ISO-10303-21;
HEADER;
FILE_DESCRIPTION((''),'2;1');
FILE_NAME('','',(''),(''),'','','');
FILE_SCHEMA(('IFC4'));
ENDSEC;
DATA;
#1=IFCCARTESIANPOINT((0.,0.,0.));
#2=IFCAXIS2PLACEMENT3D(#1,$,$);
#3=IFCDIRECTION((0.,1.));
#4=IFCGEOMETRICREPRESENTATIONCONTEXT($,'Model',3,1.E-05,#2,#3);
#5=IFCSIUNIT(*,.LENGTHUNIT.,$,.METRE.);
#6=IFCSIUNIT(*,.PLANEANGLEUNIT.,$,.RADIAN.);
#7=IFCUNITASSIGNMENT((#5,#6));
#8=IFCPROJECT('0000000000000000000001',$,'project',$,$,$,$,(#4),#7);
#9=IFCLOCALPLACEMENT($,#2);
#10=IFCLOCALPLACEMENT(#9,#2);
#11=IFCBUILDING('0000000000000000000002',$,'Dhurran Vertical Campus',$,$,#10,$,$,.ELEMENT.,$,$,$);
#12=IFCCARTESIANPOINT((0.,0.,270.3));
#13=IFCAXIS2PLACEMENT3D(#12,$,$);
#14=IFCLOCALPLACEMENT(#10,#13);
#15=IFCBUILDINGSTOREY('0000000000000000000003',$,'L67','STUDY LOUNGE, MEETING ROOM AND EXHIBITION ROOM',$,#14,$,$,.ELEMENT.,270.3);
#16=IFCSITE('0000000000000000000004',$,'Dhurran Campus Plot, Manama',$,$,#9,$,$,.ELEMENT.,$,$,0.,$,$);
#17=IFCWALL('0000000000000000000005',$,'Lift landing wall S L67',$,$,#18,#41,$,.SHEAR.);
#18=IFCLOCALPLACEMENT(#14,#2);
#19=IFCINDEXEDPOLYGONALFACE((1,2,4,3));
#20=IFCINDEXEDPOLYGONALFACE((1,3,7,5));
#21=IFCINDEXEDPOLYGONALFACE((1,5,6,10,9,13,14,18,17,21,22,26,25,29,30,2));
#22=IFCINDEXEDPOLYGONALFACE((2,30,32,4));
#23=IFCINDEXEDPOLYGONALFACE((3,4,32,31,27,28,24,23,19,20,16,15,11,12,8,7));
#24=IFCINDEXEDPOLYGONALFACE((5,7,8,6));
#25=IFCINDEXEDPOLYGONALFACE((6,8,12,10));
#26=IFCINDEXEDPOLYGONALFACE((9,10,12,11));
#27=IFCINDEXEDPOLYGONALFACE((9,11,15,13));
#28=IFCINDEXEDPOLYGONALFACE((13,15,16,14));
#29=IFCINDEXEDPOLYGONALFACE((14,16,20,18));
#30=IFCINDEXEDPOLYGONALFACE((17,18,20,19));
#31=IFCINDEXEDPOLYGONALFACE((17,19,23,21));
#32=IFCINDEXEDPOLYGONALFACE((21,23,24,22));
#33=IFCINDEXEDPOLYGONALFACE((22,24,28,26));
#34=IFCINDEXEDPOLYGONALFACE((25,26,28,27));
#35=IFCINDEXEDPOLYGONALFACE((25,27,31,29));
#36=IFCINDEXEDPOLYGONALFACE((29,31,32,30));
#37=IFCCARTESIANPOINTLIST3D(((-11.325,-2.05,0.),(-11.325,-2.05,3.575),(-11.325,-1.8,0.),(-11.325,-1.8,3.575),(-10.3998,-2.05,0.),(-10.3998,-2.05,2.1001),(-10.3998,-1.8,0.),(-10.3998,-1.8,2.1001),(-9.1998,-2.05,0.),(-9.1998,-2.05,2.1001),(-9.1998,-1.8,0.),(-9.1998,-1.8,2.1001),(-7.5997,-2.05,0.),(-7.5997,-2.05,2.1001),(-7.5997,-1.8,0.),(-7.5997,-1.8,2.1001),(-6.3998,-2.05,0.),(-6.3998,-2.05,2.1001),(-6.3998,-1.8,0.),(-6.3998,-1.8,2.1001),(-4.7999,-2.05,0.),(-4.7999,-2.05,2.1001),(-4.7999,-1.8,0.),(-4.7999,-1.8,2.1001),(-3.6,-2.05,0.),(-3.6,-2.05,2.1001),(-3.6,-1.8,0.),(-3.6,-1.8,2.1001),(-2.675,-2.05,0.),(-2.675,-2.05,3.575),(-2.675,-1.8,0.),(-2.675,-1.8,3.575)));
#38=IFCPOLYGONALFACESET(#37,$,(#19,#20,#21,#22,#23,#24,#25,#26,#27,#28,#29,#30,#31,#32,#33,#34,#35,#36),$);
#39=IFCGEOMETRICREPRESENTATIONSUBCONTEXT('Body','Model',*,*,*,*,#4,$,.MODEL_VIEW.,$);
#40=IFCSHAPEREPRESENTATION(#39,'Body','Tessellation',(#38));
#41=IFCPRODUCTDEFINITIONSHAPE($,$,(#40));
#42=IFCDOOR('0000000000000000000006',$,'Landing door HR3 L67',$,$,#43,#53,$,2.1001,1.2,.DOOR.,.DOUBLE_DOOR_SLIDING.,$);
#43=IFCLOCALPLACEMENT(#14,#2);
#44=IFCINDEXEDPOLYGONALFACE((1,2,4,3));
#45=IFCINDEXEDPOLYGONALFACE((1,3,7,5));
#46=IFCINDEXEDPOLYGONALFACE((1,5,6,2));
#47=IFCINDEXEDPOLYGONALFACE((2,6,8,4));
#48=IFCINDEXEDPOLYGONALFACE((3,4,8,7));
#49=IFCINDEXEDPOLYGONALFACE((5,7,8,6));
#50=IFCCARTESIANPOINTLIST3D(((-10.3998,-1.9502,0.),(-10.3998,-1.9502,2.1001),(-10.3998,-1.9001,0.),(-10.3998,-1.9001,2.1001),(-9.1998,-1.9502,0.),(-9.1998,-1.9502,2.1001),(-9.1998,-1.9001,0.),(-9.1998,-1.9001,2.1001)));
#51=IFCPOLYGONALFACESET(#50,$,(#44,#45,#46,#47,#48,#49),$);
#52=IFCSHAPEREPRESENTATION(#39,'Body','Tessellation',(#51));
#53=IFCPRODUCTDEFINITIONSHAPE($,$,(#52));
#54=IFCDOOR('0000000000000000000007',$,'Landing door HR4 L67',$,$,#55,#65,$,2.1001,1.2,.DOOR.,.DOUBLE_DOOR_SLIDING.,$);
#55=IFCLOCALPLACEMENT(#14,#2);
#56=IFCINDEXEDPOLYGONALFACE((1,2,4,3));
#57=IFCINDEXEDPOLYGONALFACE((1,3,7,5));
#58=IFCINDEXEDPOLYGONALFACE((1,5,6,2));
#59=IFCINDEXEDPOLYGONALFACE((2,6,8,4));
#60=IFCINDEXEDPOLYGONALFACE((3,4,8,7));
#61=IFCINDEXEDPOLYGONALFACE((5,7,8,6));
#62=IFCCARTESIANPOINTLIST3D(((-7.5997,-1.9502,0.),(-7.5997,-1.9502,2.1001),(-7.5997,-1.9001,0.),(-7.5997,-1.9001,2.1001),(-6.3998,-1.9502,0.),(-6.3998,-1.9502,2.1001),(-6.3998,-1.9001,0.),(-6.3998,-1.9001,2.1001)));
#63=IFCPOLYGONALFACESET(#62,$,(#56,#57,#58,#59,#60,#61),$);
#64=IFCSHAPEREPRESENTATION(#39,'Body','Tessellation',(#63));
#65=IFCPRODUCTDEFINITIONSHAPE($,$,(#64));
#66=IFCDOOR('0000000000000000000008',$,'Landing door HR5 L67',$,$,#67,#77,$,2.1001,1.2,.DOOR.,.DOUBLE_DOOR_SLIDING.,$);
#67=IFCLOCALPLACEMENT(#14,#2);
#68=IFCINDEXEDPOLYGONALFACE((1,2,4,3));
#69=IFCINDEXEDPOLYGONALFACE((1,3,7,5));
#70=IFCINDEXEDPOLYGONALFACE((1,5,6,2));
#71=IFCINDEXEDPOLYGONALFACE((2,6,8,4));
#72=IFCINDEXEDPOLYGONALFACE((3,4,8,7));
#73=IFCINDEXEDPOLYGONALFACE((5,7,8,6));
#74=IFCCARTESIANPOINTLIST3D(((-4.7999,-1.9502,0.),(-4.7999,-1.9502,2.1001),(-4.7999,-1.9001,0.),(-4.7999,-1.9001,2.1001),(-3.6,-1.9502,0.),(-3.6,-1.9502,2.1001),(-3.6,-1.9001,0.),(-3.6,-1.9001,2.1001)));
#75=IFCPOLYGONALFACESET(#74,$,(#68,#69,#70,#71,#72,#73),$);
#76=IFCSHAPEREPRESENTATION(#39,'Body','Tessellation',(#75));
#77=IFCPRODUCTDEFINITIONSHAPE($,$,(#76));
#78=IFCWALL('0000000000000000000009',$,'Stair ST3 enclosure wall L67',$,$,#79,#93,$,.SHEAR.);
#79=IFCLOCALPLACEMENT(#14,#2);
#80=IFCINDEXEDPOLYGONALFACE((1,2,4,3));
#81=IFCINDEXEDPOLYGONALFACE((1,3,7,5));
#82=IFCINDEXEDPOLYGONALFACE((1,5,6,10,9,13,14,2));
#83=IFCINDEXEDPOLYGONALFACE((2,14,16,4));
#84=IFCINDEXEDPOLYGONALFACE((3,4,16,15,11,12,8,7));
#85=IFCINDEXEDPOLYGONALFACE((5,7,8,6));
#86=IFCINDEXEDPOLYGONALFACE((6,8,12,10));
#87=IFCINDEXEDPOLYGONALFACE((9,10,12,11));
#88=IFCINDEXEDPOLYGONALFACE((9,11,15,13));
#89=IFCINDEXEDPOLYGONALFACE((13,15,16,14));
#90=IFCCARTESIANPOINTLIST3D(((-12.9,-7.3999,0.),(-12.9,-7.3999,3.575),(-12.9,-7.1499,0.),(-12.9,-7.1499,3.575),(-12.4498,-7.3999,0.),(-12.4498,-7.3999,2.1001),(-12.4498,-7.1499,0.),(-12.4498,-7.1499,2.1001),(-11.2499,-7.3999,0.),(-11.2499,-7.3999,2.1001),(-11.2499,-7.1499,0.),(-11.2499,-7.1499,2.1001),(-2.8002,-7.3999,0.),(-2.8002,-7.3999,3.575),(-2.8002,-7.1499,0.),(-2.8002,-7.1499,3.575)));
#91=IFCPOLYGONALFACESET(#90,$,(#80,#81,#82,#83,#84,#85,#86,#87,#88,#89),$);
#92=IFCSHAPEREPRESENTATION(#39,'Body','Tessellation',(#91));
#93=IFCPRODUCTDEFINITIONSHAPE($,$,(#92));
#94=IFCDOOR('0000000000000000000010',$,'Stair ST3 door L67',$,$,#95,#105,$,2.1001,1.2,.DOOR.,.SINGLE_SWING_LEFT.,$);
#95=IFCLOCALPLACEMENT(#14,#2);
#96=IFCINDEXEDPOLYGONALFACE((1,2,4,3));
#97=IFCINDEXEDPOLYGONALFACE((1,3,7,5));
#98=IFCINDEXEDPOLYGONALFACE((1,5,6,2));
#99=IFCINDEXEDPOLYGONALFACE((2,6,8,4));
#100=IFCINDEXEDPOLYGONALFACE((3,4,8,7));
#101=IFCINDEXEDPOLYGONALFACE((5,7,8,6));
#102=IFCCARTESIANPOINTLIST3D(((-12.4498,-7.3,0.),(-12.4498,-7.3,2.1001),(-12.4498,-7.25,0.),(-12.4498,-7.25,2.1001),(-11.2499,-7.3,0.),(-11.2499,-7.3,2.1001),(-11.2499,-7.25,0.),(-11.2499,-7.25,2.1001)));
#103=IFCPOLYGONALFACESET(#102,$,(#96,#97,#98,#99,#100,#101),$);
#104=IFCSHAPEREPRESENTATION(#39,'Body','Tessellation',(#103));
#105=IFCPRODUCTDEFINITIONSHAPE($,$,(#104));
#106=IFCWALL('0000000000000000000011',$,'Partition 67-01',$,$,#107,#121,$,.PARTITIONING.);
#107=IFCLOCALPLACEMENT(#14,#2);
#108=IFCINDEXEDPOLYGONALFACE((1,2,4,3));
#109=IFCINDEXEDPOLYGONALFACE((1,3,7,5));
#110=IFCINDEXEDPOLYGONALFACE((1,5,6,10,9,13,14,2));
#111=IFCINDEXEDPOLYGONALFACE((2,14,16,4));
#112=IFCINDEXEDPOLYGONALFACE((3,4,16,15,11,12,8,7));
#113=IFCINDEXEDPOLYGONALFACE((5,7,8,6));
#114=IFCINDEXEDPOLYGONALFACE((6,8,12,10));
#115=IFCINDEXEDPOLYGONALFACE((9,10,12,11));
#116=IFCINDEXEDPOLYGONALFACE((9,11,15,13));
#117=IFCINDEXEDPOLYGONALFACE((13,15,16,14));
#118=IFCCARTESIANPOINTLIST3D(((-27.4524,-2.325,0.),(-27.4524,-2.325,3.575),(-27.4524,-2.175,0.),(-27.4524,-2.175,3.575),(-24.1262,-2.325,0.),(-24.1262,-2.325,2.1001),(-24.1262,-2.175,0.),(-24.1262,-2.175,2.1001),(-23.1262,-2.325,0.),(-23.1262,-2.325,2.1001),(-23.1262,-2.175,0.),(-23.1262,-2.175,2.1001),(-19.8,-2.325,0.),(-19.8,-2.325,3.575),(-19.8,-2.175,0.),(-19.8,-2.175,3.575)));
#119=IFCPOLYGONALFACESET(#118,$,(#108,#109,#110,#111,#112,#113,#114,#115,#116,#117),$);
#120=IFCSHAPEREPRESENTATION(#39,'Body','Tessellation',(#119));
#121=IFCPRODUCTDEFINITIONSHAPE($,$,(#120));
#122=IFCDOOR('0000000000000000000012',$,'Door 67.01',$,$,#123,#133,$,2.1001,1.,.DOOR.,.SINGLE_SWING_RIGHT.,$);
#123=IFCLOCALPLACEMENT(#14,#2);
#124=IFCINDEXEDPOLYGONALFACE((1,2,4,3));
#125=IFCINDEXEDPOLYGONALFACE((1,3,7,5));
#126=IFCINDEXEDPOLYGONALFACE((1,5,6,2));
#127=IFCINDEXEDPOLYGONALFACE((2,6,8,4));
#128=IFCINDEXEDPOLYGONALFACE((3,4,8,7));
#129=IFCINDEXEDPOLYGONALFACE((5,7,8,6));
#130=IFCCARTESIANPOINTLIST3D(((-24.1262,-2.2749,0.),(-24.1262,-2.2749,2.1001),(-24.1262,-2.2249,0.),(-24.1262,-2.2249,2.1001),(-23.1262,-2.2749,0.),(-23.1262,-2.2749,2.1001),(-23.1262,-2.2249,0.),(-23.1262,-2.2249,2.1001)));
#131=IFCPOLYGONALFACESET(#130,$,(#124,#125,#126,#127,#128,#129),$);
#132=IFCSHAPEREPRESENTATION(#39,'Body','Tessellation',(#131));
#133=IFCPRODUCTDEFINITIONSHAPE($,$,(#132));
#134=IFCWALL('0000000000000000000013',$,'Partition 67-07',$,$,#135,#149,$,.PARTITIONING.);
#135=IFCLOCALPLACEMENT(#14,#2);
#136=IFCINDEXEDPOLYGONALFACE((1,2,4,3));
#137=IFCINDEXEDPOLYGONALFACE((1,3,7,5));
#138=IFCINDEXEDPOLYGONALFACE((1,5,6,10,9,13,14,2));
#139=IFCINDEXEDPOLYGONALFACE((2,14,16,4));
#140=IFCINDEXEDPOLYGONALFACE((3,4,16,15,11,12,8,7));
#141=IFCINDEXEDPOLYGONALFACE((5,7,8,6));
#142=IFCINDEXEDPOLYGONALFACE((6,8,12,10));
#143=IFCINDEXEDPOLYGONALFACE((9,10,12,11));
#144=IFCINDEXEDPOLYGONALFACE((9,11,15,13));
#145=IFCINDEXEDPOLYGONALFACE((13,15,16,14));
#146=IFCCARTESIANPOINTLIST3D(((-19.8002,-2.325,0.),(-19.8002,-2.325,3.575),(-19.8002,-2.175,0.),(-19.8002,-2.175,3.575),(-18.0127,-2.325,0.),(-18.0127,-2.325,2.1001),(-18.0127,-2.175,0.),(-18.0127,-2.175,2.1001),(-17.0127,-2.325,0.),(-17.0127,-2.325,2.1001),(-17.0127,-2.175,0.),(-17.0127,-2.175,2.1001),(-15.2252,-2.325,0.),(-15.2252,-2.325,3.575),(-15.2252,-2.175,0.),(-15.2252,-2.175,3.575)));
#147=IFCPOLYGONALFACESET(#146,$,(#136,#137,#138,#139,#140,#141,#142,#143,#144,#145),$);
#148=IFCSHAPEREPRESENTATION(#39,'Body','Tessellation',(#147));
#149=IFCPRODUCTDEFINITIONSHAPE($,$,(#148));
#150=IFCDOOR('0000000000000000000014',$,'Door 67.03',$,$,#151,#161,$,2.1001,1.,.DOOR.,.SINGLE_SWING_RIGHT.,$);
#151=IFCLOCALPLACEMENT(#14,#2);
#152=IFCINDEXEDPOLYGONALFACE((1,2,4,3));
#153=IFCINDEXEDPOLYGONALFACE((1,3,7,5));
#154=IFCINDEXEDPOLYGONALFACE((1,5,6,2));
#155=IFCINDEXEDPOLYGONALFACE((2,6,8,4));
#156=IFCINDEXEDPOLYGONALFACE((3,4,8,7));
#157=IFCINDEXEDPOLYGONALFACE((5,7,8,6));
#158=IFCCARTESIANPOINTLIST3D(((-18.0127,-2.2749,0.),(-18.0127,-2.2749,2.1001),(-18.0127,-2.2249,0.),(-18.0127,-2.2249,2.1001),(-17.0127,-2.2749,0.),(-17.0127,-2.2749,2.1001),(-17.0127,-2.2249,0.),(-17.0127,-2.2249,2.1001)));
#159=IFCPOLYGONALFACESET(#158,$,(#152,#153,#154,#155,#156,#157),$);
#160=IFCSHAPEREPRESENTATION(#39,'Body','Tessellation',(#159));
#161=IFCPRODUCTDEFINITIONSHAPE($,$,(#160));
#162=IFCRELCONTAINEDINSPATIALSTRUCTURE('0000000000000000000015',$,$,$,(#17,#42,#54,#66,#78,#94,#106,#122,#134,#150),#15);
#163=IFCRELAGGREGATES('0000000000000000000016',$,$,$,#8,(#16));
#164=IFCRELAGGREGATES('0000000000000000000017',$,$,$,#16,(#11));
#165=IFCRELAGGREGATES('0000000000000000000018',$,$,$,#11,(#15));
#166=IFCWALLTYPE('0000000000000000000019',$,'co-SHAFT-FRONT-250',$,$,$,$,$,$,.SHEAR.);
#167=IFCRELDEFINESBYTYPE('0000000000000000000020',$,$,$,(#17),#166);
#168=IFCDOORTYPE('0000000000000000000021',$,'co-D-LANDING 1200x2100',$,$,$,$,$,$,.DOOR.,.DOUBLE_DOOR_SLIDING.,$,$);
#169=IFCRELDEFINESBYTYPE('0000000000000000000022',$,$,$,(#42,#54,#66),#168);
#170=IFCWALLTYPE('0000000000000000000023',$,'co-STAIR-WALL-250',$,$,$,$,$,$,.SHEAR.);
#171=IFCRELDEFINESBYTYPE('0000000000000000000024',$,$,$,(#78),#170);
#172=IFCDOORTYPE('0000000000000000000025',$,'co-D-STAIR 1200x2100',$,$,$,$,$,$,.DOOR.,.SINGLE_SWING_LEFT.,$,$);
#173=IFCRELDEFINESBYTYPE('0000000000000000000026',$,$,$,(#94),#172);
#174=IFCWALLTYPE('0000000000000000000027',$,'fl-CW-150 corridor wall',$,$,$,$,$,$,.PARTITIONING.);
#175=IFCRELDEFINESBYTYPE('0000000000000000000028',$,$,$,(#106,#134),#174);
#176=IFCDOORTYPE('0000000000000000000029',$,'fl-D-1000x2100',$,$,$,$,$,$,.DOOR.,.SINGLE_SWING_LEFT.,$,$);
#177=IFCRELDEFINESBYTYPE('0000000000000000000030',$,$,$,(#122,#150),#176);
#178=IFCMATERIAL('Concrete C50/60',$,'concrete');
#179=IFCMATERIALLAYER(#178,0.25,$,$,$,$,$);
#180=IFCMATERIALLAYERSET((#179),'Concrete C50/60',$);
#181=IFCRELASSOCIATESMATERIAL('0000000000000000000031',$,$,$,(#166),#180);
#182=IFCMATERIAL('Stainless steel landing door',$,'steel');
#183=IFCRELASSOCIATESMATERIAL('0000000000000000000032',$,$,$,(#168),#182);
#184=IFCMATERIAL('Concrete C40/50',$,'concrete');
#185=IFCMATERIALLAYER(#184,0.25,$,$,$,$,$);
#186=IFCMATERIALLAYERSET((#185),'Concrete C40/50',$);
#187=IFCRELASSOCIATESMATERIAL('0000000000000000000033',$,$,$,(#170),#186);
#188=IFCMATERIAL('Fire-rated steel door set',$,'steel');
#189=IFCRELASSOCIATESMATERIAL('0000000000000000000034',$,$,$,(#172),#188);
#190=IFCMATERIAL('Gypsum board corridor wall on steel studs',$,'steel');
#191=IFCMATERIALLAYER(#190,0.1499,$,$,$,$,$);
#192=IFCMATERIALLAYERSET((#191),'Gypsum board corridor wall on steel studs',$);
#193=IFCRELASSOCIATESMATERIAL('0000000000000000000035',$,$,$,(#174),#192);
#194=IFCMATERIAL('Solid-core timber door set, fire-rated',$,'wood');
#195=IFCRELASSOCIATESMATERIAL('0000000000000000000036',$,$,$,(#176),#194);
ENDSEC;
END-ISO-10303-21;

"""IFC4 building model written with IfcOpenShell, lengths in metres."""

from ifc_helpers import new_model, si_unit, direction, frame, frame_2d, origin, place, context, subcontext, project, spatial, rectangle, extrude, material, layer, layer_set, type_object, element, fill, save


model = new_model("IFC4")

# Units and contexts
model_context = context("Model", 3, precision=1e-05, world=origin(), true_north=direction((0.0, 1.0)))
body_context = subcontext(model_context, "Body", "Model", "MODEL_VIEW")
ifc_project = project(units=[si_unit("LENGTHUNIT", "METRE"), si_unit("PLANEANGLEUNIT", "RADIAN")], contexts=[model_context])

# Site, building, storey
site_placement = place(None, origin())
site = spatial("IfcSite", under=ifc_project, at=site_placement, Name="Dhurran Campus Plot, Manama", CompositionType="ELEMENT", RefElevation=0.0)
building_placement = place(site_placement, origin())
building = spatial("IfcBuilding", under=site, at=building_placement, Name="Dhurran Vertical Campus", CompositionType="ELEMENT")
storey_placement = place(building_placement, frame((0.0, 0.0, 270.3)))
storey = spatial("IfcBuildingStorey", under=building, at=storey_placement, Name="L67", Description="STUDY LOUNGE, MEETING ROOM AND EXHIBITION ROOM", CompositionType="ELEMENT", Elevation=270.3)

# Wall, openings, doors
ifc_material_1 = material(Name="Concrete C50/60", Category="concrete")
ifc_layer_1 = layer(ifc_material_1, 0.25)
ifc_layer_set_1 = layer_set([ifc_layer_1], Name="Concrete C50/60")
wall_type_1 = type_object("IfcWallType", Name="co-SHAFT-FRONT-250", PredefinedType="SHEAR", material=ifc_layer_set_1)
wall_1_placement = place(storey_placement, frame((-11.325, -1.925, 0.0), z_axis=(0.0, 0.0, 1.0), x_axis=(1.0, 0.0, 0.0)))
wall_1 = element("IfcWall", 1, at=wall_1_placement, inside=storey, type_object=wall_type_1, Name="Lift landing wall S L67", PredefinedType="SHEAR", context=body_context, shape_type="SweptSolid", body=[
    extrude(rectangle(XDim=8.6499, YDim=0.25, at=frame_2d((4.325, 0.0))), origin(), (0.0, 0.0, 1.0), 3.575),
])
opening_1_placement = place(wall_1_placement, frame((0.925, 0.0, 0.0)))
opening_1 = element("IfcOpeningElement", 2, at=opening_1_placement, cuts=wall_1, PredefinedType="OPENING", context=body_context, shape_type="SweptSolid", body=[
    extrude(rectangle(XDim=1.2, YDim=2.1001, at=frame_2d((0.6001, 1.05))), frame((0.0, 0.135, 0.0), z_axis=(0.0, -1.0, 0.0), x_axis=(1.0, 0.0, 0.0)), (0.0, 0.0, 1.0), 0.27),
])
opening_2_placement = place(wall_1_placement, frame((3.7251, 0.0, 0.0)))
opening_2 = element("IfcOpeningElement", 3, at=opening_2_placement, cuts=wall_1, PredefinedType="OPENING", context=body_context, shape_type="SweptSolid", body=[
    extrude(rectangle(XDim=1.2, YDim=2.1001, at=frame_2d((0.6001, 1.05))), frame((0.0, 0.135, 0.0), z_axis=(0.0, -1.0, 0.0), x_axis=(1.0, 0.0, 0.0)), (0.0, 0.0, 1.0), 0.27),
])
opening_3_placement = place(wall_1_placement, frame((6.5249, 0.0, 0.0)))
opening_3 = element("IfcOpeningElement", 4, at=opening_3_placement, cuts=wall_1, PredefinedType="OPENING", context=body_context, shape_type="SweptSolid", body=[
    extrude(rectangle(XDim=1.2, YDim=2.1001, at=frame_2d((0.6001, 1.05))), frame((0.0, 0.135, 0.0), z_axis=(0.0, -1.0, 0.0), x_axis=(1.0, 0.0, 0.0)), (0.0, 0.0, 1.0), 0.27),
])
ifc_material_2 = material(Name="Stainless steel landing door", Category="steel")
door_type_1 = type_object("IfcDoorType", Name="co-D-LANDING 1200x2100", OperationType="DOUBLE_DOOR_SLIDING", PredefinedType="DOOR", material=ifc_material_2)
door_1_placement = place(opening_1_placement, origin())
door_1 = element("IfcDoor", 5, at=door_1_placement, inside=storey, type_object=door_type_1, Name="Landing door HR3 L67", OperationType="DOUBLE_DOOR_SLIDING", OverallHeight=2.1001, OverallWidth=1.2, PredefinedType="DOOR", context=body_context, shape_type="SweptSolid", body=[
    extrude(rectangle(XDim=1.2, YDim=2.1001, at=frame_2d((0.6001, 1.05))), frame((0.0, 0.0249, 0.0), z_axis=(0.0, -1.0, 0.0), x_axis=(1.0, 0.0, 0.0)), (0.0, 0.0, 1.0), 0.05),
])
fill(opening_1, door_1)
door_2_placement = place(opening_2_placement, origin())
door_2 = element("IfcDoor", 6, at=door_2_placement, inside=storey, type_object=door_type_1, Name="Landing door HR4 L67", OperationType="DOUBLE_DOOR_SLIDING", OverallHeight=2.1001, OverallWidth=1.2, PredefinedType="DOOR", context=body_context, shape_type="SweptSolid", body=[
    extrude(rectangle(XDim=1.2, YDim=2.1001, at=frame_2d((0.6001, 1.05))), frame((0.0, 0.0249, 0.0), z_axis=(0.0, -1.0, 0.0), x_axis=(1.0, 0.0, 0.0)), (0.0, 0.0, 1.0), 0.05),
])
fill(opening_2, door_2)
door_3_placement = place(opening_3_placement, origin())
door_3 = element("IfcDoor", 7, at=door_3_placement, inside=storey, type_object=door_type_1, Name="Landing door HR5 L67", OperationType="DOUBLE_DOOR_SLIDING", OverallHeight=2.1001, OverallWidth=1.2, PredefinedType="DOOR", context=body_context, shape_type="SweptSolid", body=[
    extrude(rectangle(XDim=1.2, YDim=2.1001, at=frame_2d((0.6001, 1.05))), frame((0.0, 0.0249, 0.0), z_axis=(0.0, -1.0, 0.0), x_axis=(1.0, 0.0, 0.0)), (0.0, 0.0, 1.0), 0.05),
])
fill(opening_3, door_3)

# Walls, openings, doors
ifc_material_3 = material(Name="Concrete C40/50", Category="concrete")
ifc_layer_2 = layer(ifc_material_3, 0.25)
ifc_layer_set_2 = layer_set([ifc_layer_2], Name="Concrete C40/50")
wall_type_2 = type_object("IfcWallType", Name="co-STAIR-WALL-250", PredefinedType="SHEAR", material=ifc_layer_set_2)
wall_2_placement = place(storey_placement, frame((-12.8999, -7.2749, 0.0), z_axis=(0.0, 0.0, 1.0), x_axis=(1.0, 0.0, 0.0)))
wall_2 = element("IfcWall", 8, at=wall_2_placement, inside=storey, type_object=wall_type_2, Name="Stair ST3 enclosure wall L67", PredefinedType="SHEAR", context=body_context, shape_type="SweptSolid", body=[
    extrude(rectangle(XDim=10.0999, YDim=0.25, at=frame_2d((5.0498, 0.0))), origin(), (0.0, 0.0, 1.0), 3.575),
])
opening_4_placement = place(wall_2_placement, frame((0.45, 0.0, 0.0)))
opening_4 = element("IfcOpeningElement", 9, at=opening_4_placement, cuts=wall_2, PredefinedType="OPENING", context=body_context, shape_type="SweptSolid", body=[
    extrude(rectangle(XDim=1.2, YDim=2.1001, at=frame_2d((0.6001, 1.05))), frame((0.0, 0.135, 0.0), z_axis=(0.0, -1.0, 0.0), x_axis=(1.0, 0.0, 0.0)), (0.0, 0.0, 1.0), 0.27),
])
ifc_material_4 = material(Name="Fire-rated steel door set", Category="steel")
door_type_2 = type_object("IfcDoorType", Name="co-D-STAIR 1200x2100", OperationType="SINGLE_SWING_LEFT", PredefinedType="DOOR", material=ifc_material_4)
door_4_placement = place(opening_4_placement, origin())
door_4 = element("IfcDoor", 10, at=door_4_placement, inside=storey, type_object=door_type_2, Name="Stair ST3 door L67", OperationType="SINGLE_SWING_LEFT", OverallHeight=2.1001, OverallWidth=1.2, PredefinedType="DOOR", context=body_context, shape_type="SweptSolid", body=[
    extrude(rectangle(XDim=1.2, YDim=2.1001, at=frame_2d((0.6001, 1.05))), frame((0.0, 0.0249, 0.0), z_axis=(0.0, -1.0, 0.0), x_axis=(1.0, 0.0, 0.0)), (0.0, 0.0, 1.0), 0.05),
])
fill(opening_4, door_4)
ifc_material_5 = material(Name="Gypsum board corridor wall on steel studs", Category="steel")
ifc_layer_3 = layer(ifc_material_5, 0.1499)
ifc_layer_set_3 = layer_set([ifc_layer_3], Name="Gypsum board corridor wall on steel studs")
wall_type_3 = type_object("IfcWallType", Name="fl-CW-150 corridor wall", PredefinedType="PARTITIONING", material=ifc_layer_set_3)
wall_3_placement = place(storey_placement, frame((-19.8, -2.25, 0.0), z_axis=(0.0, 0.0, 1.0), x_axis=(-1.0, 0.0, 0.0)))
wall_3 = element("IfcWall", 11, at=wall_3_placement, inside=storey, type_object=wall_type_3, Name="Partition 67-01", PredefinedType="PARTITIONING", context=body_context, shape_type="SweptSolid", body=[
    extrude(rectangle(XDim=7.6523, YDim=0.1499, at=frame_2d((3.8262, 0.0))), origin(), (0.0, 0.0, 1.0), 3.575),
])
opening_5_placement = place(wall_3_placement, frame((3.3262, 0.0, 0.0)))
opening_5 = element("IfcOpeningElement", 12, at=opening_5_placement, cuts=wall_3, PredefinedType="OPENING", context=body_context, shape_type="SweptSolid", body=[
    extrude(rectangle(XDim=1.0, YDim=2.1001, at=frame_2d((0.5, 1.05))), frame((0.0, 0.085, 0.0), z_axis=(0.0, -1.0, 0.0), x_axis=(1.0, 0.0, 0.0)), (0.0, 0.0, 1.0), 0.1699),
])
ifc_material_6 = material(Name="Solid-core timber door set, fire-rated", Category="wood")
door_type_3 = type_object("IfcDoorType", Name="fl-D-1000x2100", OperationType="SINGLE_SWING_LEFT", PredefinedType="DOOR", material=ifc_material_6)
door_5_placement = place(opening_5_placement, origin())
door_5 = element("IfcDoor", 13, at=door_5_placement, inside=storey, type_object=door_type_3, Name="Door 67.01", OperationType="SINGLE_SWING_RIGHT", OverallHeight=2.1001, OverallWidth=1.0, PredefinedType="DOOR", context=body_context, shape_type="SweptSolid", body=[
    extrude(rectangle(XDim=1.0, YDim=2.1001, at=frame_2d((0.5, 1.05))), frame((0.0, 0.0249, 0.0), z_axis=(0.0, -1.0, 0.0), x_axis=(1.0, 0.0, 0.0)), (0.0, 0.0, 1.0), 0.05),
])
fill(opening_5, door_5)
wall_4_placement = place(storey_placement, frame((-15.2251, -2.25, 0.0), z_axis=(0.0, 0.0, 1.0), x_axis=(-1.0, 0.0, 0.0)))
wall_4 = element("IfcWall", 14, at=wall_4_placement, inside=storey, type_object=wall_type_3, Name="Partition 67-07", PredefinedType="PARTITIONING", context=body_context, shape_type="SweptSolid", body=[
    extrude(rectangle(XDim=4.575, YDim=0.1499, at=frame_2d((2.2876, 0.0))), origin(), (0.0, 0.0, 1.0), 3.575),
])
opening_6_placement = place(wall_4_placement, frame((1.7876, 0.0, 0.0)))
opening_6 = element("IfcOpeningElement", 15, at=opening_6_placement, cuts=wall_4, PredefinedType="OPENING", context=body_context, shape_type="SweptSolid", body=[
    extrude(rectangle(XDim=1.0, YDim=2.1001, at=frame_2d((0.5, 1.05))), frame((0.0, 0.085, 0.0), z_axis=(0.0, -1.0, 0.0), x_axis=(1.0, 0.0, 0.0)), (0.0, 0.0, 1.0), 0.1699),
])
door_6_placement = place(opening_6_placement, origin())
door_6 = element("IfcDoor", 16, at=door_6_placement, inside=storey, type_object=door_type_3, Name="Door 67.03", OperationType="SINGLE_SWING_RIGHT", OverallHeight=2.1001, OverallWidth=1.0, PredefinedType="DOOR", context=body_context, shape_type="SweptSolid", body=[
    extrude(rectangle(XDim=1.0, YDim=2.1001, at=frame_2d((0.5, 1.05))), frame((0.0, 0.0249, 0.0), z_axis=(0.0, -1.0, 0.0), x_axis=(1.0, 0.0, 0.0)), (0.0, 0.0, 1.0), 0.05),
])
fill(opening_6, door_6)

save(model, "model.ifc")
